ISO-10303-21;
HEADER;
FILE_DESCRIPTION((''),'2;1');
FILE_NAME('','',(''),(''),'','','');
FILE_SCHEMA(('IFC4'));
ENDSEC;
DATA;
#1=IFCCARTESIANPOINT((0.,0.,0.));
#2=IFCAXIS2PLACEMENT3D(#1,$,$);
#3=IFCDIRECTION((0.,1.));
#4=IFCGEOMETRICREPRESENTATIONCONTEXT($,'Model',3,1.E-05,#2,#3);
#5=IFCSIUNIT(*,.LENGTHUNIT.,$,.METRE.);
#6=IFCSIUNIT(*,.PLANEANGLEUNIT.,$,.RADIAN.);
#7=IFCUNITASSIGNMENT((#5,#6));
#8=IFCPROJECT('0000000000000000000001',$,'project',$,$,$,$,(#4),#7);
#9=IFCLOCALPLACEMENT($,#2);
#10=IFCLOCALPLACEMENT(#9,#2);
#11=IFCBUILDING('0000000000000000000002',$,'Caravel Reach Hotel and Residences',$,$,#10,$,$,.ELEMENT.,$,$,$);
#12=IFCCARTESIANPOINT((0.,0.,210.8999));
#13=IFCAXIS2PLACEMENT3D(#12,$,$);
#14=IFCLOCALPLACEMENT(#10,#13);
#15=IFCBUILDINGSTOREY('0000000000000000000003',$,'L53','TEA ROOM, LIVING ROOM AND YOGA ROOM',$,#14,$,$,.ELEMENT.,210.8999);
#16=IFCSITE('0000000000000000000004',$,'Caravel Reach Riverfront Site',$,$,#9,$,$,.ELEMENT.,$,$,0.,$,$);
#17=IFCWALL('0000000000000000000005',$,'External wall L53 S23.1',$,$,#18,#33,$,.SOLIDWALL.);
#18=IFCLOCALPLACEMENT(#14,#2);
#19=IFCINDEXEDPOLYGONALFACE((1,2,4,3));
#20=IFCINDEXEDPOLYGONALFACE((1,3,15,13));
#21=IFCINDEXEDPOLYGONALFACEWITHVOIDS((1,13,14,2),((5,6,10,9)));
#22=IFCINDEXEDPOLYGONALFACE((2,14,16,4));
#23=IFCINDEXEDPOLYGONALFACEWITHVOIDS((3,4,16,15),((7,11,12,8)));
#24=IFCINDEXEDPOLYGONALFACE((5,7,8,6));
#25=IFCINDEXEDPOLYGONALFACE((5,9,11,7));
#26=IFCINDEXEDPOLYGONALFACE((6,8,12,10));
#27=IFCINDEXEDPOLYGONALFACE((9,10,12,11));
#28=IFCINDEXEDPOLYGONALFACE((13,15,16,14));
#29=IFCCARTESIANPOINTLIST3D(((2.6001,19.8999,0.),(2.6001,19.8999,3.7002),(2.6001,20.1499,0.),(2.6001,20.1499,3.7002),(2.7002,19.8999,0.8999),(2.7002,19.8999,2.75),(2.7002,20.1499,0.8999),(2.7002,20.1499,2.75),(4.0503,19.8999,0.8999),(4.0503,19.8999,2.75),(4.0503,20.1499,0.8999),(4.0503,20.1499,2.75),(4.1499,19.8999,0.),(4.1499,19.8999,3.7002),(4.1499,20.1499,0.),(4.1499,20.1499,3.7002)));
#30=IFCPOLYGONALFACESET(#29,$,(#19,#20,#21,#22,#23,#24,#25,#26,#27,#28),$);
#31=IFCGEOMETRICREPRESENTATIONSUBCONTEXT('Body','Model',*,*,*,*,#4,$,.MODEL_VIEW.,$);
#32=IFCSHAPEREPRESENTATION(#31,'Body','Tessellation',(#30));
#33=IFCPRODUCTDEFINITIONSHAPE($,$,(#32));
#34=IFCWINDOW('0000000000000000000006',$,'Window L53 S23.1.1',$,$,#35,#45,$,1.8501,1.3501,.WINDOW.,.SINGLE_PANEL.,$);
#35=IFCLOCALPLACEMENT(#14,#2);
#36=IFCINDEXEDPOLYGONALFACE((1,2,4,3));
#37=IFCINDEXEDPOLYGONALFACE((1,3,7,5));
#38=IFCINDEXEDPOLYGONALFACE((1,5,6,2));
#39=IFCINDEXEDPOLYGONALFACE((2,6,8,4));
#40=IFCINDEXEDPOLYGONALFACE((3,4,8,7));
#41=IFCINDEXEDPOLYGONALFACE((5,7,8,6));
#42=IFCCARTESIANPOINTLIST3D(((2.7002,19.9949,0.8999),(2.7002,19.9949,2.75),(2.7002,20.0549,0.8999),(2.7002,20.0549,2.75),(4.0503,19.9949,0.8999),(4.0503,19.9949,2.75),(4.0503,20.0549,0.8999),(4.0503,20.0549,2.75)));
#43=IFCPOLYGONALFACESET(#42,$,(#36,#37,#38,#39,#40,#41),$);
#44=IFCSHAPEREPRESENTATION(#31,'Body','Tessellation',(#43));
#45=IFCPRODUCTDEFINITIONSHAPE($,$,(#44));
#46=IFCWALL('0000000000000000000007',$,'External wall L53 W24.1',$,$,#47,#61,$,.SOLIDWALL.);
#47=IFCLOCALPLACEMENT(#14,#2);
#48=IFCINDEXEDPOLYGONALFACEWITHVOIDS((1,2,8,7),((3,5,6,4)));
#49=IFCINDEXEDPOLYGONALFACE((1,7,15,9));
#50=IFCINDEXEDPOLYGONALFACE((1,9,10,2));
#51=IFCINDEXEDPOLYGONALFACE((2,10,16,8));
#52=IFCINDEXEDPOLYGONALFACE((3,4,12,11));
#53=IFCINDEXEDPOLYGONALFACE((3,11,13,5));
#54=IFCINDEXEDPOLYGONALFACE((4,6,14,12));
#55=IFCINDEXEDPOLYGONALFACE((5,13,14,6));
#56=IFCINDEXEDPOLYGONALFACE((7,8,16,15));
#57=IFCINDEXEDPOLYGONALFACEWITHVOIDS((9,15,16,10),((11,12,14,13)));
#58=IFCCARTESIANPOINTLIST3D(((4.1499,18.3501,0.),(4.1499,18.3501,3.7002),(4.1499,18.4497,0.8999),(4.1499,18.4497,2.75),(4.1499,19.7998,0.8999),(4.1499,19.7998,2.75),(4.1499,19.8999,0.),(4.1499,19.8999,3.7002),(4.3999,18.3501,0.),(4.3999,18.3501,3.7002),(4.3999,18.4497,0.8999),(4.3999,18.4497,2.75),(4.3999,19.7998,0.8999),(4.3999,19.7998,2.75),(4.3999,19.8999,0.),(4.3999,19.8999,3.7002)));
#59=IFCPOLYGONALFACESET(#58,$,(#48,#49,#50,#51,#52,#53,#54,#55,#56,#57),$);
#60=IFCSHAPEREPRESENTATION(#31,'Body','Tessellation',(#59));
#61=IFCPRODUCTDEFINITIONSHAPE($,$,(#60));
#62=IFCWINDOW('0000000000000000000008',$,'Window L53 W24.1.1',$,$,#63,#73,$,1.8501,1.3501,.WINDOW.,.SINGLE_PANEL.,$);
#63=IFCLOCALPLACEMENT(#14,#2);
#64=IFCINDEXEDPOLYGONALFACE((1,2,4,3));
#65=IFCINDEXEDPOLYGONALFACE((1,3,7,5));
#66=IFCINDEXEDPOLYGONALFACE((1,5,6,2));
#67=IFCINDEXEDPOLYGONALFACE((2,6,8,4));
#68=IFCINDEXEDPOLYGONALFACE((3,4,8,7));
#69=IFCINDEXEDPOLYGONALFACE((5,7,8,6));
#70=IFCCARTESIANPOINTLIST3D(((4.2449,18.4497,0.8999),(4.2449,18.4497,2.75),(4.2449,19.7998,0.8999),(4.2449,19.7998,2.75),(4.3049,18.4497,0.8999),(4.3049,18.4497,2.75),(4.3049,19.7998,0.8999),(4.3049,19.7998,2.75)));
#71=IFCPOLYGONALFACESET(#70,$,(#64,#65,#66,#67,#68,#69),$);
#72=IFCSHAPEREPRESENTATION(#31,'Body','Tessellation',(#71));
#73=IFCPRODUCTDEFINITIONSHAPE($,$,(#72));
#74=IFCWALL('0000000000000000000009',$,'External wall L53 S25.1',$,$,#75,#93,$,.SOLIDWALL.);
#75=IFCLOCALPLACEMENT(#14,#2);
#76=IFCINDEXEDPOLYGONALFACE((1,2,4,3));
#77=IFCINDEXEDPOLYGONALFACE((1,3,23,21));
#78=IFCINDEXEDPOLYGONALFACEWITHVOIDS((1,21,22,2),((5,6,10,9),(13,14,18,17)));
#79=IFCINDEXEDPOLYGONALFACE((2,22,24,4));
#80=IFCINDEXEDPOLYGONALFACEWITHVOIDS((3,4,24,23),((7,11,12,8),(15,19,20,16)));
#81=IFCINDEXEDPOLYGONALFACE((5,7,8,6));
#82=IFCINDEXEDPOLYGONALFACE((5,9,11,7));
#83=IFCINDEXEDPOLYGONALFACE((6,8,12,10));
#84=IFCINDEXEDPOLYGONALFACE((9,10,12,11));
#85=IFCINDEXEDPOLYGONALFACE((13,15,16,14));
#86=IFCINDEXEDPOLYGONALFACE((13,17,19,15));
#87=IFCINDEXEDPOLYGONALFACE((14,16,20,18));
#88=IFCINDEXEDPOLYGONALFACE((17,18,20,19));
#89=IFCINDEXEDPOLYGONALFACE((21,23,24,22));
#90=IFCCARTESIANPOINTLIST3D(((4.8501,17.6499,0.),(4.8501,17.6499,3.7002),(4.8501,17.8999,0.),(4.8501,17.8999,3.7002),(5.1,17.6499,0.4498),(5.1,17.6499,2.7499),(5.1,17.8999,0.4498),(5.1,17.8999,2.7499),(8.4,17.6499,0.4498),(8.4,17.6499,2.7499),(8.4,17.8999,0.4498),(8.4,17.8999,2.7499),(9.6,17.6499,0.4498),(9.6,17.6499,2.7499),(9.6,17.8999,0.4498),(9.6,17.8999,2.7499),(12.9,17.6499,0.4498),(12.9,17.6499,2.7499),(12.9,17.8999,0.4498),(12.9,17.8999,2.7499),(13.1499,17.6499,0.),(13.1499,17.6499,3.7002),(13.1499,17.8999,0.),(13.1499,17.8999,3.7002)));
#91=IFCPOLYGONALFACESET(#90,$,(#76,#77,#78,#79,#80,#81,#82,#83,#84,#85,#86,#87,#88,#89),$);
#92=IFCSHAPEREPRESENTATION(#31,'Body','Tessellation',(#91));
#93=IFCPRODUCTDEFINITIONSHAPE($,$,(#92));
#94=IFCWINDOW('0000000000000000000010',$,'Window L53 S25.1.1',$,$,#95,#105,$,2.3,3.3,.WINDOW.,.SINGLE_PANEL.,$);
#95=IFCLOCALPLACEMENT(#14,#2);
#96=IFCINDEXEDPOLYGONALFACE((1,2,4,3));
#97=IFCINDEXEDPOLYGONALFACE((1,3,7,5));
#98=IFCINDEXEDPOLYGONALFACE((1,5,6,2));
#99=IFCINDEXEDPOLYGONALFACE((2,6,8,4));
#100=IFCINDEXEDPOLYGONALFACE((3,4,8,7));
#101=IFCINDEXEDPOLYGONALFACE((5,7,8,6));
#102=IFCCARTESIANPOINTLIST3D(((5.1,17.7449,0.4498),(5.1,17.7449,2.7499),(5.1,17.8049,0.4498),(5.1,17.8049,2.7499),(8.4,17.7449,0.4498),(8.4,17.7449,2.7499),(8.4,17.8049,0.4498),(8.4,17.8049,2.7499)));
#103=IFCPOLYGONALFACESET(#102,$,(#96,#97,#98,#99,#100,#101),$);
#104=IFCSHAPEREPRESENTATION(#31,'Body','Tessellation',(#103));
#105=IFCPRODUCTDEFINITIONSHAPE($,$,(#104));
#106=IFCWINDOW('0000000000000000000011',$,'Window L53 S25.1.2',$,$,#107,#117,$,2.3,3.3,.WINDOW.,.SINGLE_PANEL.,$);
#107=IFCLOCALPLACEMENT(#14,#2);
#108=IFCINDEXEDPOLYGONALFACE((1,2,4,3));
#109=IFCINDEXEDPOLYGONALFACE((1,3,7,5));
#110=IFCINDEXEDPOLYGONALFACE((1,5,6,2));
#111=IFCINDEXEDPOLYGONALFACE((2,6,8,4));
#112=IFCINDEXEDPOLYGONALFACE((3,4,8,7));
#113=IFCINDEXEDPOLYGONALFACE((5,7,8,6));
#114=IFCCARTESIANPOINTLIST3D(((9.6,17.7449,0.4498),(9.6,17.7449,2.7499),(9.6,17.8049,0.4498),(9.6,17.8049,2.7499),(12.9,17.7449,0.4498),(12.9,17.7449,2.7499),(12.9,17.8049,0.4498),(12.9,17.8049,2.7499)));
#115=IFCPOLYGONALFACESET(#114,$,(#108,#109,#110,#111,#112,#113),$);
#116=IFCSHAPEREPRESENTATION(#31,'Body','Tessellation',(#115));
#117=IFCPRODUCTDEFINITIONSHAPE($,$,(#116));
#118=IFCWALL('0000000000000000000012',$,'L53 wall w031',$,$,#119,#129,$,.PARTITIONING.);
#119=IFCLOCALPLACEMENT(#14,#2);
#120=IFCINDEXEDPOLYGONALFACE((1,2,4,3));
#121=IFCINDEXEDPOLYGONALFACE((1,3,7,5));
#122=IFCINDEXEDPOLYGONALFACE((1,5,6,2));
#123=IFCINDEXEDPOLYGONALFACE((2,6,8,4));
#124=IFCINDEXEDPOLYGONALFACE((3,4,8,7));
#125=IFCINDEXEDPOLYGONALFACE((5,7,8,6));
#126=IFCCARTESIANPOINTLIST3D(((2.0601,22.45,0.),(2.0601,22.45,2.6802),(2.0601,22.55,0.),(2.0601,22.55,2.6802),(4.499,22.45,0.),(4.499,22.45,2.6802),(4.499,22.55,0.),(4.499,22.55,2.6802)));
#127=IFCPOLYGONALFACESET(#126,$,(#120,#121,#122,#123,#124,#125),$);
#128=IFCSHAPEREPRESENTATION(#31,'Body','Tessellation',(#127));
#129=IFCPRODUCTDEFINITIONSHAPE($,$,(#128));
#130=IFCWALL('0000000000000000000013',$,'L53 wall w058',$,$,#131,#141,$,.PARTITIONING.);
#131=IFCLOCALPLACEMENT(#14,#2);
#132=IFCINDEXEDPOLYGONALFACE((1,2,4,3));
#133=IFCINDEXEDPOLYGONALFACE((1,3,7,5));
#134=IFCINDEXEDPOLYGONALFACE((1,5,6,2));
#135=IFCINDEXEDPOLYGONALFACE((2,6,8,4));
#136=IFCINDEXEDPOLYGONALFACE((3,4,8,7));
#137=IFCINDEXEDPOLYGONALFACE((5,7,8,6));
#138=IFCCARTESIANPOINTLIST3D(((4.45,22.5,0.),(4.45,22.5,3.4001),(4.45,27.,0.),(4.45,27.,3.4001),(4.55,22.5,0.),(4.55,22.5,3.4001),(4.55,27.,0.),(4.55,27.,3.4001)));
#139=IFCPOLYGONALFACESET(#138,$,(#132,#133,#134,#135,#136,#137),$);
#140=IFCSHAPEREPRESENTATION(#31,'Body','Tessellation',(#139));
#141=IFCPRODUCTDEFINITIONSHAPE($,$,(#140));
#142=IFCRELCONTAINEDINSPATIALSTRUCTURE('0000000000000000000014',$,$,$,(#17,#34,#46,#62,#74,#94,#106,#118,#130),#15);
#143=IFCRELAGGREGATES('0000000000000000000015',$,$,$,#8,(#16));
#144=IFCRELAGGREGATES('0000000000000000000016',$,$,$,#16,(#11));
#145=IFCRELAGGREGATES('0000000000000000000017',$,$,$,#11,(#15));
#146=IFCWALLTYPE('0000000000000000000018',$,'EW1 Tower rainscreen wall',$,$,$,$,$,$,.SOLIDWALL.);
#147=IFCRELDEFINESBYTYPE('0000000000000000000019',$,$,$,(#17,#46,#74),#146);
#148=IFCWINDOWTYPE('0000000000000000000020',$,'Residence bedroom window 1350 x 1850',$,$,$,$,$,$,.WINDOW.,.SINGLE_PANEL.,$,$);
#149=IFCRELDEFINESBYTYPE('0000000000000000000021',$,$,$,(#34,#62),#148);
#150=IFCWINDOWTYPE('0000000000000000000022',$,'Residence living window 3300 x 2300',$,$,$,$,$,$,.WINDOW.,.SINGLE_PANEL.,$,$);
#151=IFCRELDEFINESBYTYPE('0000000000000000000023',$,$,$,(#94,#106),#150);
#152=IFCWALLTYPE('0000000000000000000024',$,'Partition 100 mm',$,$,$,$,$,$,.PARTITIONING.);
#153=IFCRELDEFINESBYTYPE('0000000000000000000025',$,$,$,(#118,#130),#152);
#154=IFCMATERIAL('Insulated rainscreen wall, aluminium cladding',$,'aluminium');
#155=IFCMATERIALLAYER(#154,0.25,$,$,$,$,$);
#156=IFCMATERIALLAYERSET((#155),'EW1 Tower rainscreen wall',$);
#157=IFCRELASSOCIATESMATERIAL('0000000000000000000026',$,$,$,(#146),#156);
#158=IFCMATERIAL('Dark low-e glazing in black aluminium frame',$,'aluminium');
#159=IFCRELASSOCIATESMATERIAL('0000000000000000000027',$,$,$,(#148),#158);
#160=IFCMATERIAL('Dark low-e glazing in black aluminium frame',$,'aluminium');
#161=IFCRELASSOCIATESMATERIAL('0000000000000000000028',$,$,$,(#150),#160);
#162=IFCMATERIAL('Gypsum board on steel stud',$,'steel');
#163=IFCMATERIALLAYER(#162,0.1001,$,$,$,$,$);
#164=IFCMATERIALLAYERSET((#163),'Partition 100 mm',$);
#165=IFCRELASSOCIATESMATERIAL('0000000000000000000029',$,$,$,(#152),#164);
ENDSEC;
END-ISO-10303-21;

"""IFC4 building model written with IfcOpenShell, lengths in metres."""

from ifc_helpers import new_model, si_unit, direction, frame, frame_2d, origin, place, context, subcontext, project, spatial, rectangle, extrude, material, layer, layer_set, type_object, element, fill, save


model = new_model("IFC4")

# Units and contexts
model_context = context("Model", 3, precision=1e-05, world=origin(), true_north=direction((0.0, 1.0)))
body_context = subcontext(model_context, "Body", "Model", "MODEL_VIEW")
ifc_project = project(units=[si_unit("LENGTHUNIT", "METRE"), si_unit("PLANEANGLEUNIT", "RADIAN")], contexts=[model_context])

# Site, building, storey
site_placement = place(None, origin())
site = spatial("IfcSite", under=ifc_project, at=site_placement, Name="Caravel Reach Riverfront Site", CompositionType="ELEMENT", RefElevation=0.0)
building_placement = place(site_placement, origin())
building = spatial("IfcBuilding", under=site, at=building_placement, Name="Caravel Reach Hotel and Residences", CompositionType="ELEMENT")
storey_placement = place(building_placement, frame((0.0, 0.0, 210.8999)))
storey = spatial("IfcBuildingStorey", under=building, at=storey_placement, Name="L53", Description="TEA ROOM, LIVING ROOM AND YOGA ROOM", CompositionType="ELEMENT", Elevation=210.8999)

# Walls, openings, windows
ifc_material_1 = material(Name="Insulated rainscreen wall, aluminium cladding", Category="aluminium")
ifc_layer_1 = layer(ifc_material_1, 0.25)
ifc_layer_set_1 = layer_set([ifc_layer_1], Name="EW1 Tower rainscreen wall")
wall_type_1 = type_object("IfcWallType", Name="EW1 Tower rainscreen wall", PredefinedType="SOLIDWALL", material=ifc_layer_set_1)
ifc_material_2 = material(Name="Dark low-e glazing in black aluminium frame", Category="aluminium")
window_type_1 = type_object("IfcWindowType", Name="Residence bedroom window 1350 x 1850", PartitioningType="SINGLE_PANEL", PredefinedType="WINDOW", material=ifc_material_2)
wall_1_placement = place(storey_placement, frame((2.6001, 20.0249, 0.0), z_axis=(0.0, 0.0, 1.0), x_axis=(1.0, 0.0, 0.0)))
wall_1 = element("IfcWall", 1, at=wall_1_placement, inside=storey, type_object=wall_type_1, Name="External wall L53 S23.1", PredefinedType="SOLIDWALL", context=body_context, shape_type="SweptSolid", body=[
    extrude(rectangle(XDim=1.5498, YDim=0.25, at=frame_2d((0.7749, 0.0))), origin(), (0.0, 0.0, 1.0), 3.7002),
])
opening_1_placement = place(wall_1_placement, frame((0.1001, 0.0, 0.8999)))
opening_1 = element("IfcOpeningElement", 2, at=opening_1_placement, cuts=wall_1, PredefinedType="OPENING", context=body_context, shape_type="SweptSolid", body=[
    extrude(rectangle(XDim=1.3501, YDim=1.8501, at=frame_2d((0.675, 0.925))), frame((0.0, 0.135, 0.0), z_axis=(0.0, -1.0, 0.0), x_axis=(1.0, 0.0, 0.0)), (0.0, 0.0, 1.0), 0.27),
])
window_1_placement = place(opening_1_placement, origin())
window_1 = element("IfcWindow", 3, at=window_1_placement, inside=storey, type_object=window_type_1, Name="Window L53 S23.1.1", OverallHeight=1.8501, OverallWidth=1.3501, PartitioningType="SINGLE_PANEL", PredefinedType="WINDOW", context=body_context, shape_type="SweptSolid", body=[
    extrude(rectangle(XDim=1.3501, YDim=1.8501, at=frame_2d((0.675, 0.925))), frame((0.0, 0.03, 0.0), z_axis=(0.0, -1.0, 0.0), x_axis=(1.0, 0.0, 0.0)), (0.0, 0.0, 1.0), 0.0601),
])
fill(opening_1, window_1)
wall_2_placement = place(storey_placement, frame((4.2749, 19.8999, 0.0), z_axis=(0.0, 0.0, 1.0), x_axis=(0.0, -1.0, 0.0)))
wall_2 = element("IfcWall", 4, at=wall_2_placement, inside=storey, type_object=wall_type_1, Name="External wall L53 W24.1", PredefinedType="SOLIDWALL", context=body_context, shape_type="SweptSolid", body=[
    extrude(rectangle(XDim=1.5498, YDim=0.25, at=frame_2d((0.7749, 0.0))), origin(), (0.0, 0.0, 1.0), 3.7002),
])
opening_2_placement = place(wall_2_placement, frame((0.1001, 0.0, 0.8999)))
opening_2 = element("IfcOpeningElement", 5, at=opening_2_placement, cuts=wall_2, PredefinedType="OPENING", context=body_context, shape_type="SweptSolid", body=[
    extrude(rectangle(XDim=1.3501, YDim=1.8501, at=frame_2d((0.675, 0.925))), frame((0.0, 0.135, 0.0), z_axis=(0.0, -1.0, 0.0), x_axis=(1.0, 0.0, 0.0)), (0.0, 0.0, 1.0), 0.27),
])
window_2_placement = place(opening_2_placement, origin())
window_2 = element("IfcWindow", 6, at=window_2_placement, inside=storey, type_object=window_type_1, Name="Window L53 W24.1.1", OverallHeight=1.8501, OverallWidth=1.3501, PartitioningType="SINGLE_PANEL", PredefinedType="WINDOW", context=body_context, shape_type="SweptSolid", body=[
    extrude(rectangle(XDim=1.3501, YDim=1.8501, at=frame_2d((0.675, 0.925))), frame((0.0, 0.03, 0.0), z_axis=(0.0, -1.0, 0.0), x_axis=(1.0, 0.0, 0.0)), (0.0, 0.0, 1.0), 0.0601),
])
fill(opening_2, window_2)

# Wall, openings, windows
wall_3_placement = place(storey_placement, frame((4.8501, 17.7749, 0.0), z_axis=(0.0, 0.0, 1.0), x_axis=(1.0, 0.0, 0.0)))
wall_3 = element("IfcWall", 7, at=wall_3_placement, inside=storey, type_object=wall_type_1, Name="External wall L53 S25.1", PredefinedType="SOLIDWALL", context=body_context, shape_type="SweptSolid", body=[
    extrude(rectangle(XDim=8.2998, YDim=0.25, at=frame_2d((4.1499, 0.0))), origin(), (0.0, 0.0, 1.0), 3.7002),
])
opening_3_placement = place(wall_3_placement, frame((0.25, 0.0, 0.45)))
opening_3 = element("IfcOpeningElement", 8, at=opening_3_placement, cuts=wall_3, PredefinedType="OPENING", context=body_context, shape_type="SweptSolid", body=[
    extrude(rectangle(XDim=3.3, YDim=2.3, at=frame_2d((1.6499, 1.1499))), frame((0.0, 0.135, 0.0), z_axis=(0.0, -1.0, 0.0), x_axis=(1.0, 0.0, 0.0)), (0.0, 0.0, 1.0), 0.27),
])
opening_4_placement = place(wall_3_placement, frame((4.75, 0.0, 0.45)))
opening_4 = element("IfcOpeningElement", 9, at=opening_4_placement, cuts=wall_3, PredefinedType="OPENING", context=body_context, shape_type="SweptSolid", body=[
    extrude(rectangle(XDim=3.3, YDim=2.3, at=frame_2d((1.6499, 1.1499))), frame((0.0, 0.135, 0.0), z_axis=(0.0, -1.0, 0.0), x_axis=(1.0, 0.0, 0.0)), (0.0, 0.0, 1.0), 0.27),
])
ifc_material_3 = material(Name="Dark low-e glazing in black aluminium frame", Category="aluminium")
window_type_2 = type_object("IfcWindowType", Name="Residence living window 3300 x 2300", PartitioningType="SINGLE_PANEL", PredefinedType="WINDOW", material=ifc_material_3)
window_3_placement = place(opening_3_placement, origin())
window_3 = element("IfcWindow", 10, at=window_3_placement, inside=storey, type_object=window_type_2, Name="Window L53 S25.1.1", OverallHeight=2.3, OverallWidth=3.3, PartitioningType="SINGLE_PANEL", PredefinedType="WINDOW", context=body_context, shape_type="SweptSolid", body=[
    extrude(rectangle(XDim=3.3, YDim=2.3, at=frame_2d((1.6499, 1.1499))), frame((0.0, 0.03, 0.0), z_axis=(0.0, -1.0, 0.0), x_axis=(1.0, 0.0, 0.0)), (0.0, 0.0, 1.0), 0.0601),
])
fill(opening_3, window_3)
window_4_placement = place(opening_4_placement, origin())
window_4 = element("IfcWindow", 11, at=window_4_placement, inside=storey, type_object=window_type_2, Name="Window L53 S25.1.2", OverallHeight=2.3, OverallWidth=3.3, PartitioningType="SINGLE_PANEL", PredefinedType="WINDOW", context=body_context, shape_type="SweptSolid", body=[
    extrude(rectangle(XDim=3.3, YDim=2.3, at=frame_2d((1.6499, 1.1499))), frame((0.0, 0.03, 0.0), z_axis=(0.0, -1.0, 0.0), x_axis=(1.0, 0.0, 0.0)), (0.0, 0.0, 1.0), 0.0601),
])
fill(opening_4, window_4)

# Walls
ifc_material_4 = material(Name="Gypsum board on steel stud", Category="steel")
ifc_layer_2 = layer(ifc_material_4, 0.1001)
ifc_layer_set_2 = layer_set([ifc_layer_2], Name="Partition 100 mm")
wall_type_2 = type_object("IfcWallType", Name="Partition 100 mm", PredefinedType="PARTITIONING", material=ifc_layer_set_2)
wall_4_placement = place(storey_placement, frame((2.0601, 22.5, 0.0), z_axis=(0.0, 0.0, 1.0), x_axis=(1.0, 0.0, 0.0)))
element("IfcWall", 12, at=wall_4_placement, inside=storey, type_object=wall_type_2, Name="L53 wall w031", PredefinedType="PARTITIONING", context=body_context, shape_type="SweptSolid", body=[
    extrude(rectangle(XDim=2.439, YDim=0.1001, at=frame_2d((1.2195, 0.0))), origin(), (0.0, 0.0, 1.0), 2.6802),
])
wall_5_placement = place(storey_placement, frame((4.5, 22.5, 0.0), z_axis=(0.0, 0.0, 1.0), x_axis=(0.0, 1.0, 0.0)))
element("IfcWall", 13, at=wall_5_placement, inside=storey, type_object=wall_type_2, Name="L53 wall w058", PredefinedType="PARTITIONING", context=body_context, shape_type="SweptSolid", body=[
    extrude(rectangle(XDim=4.5, YDim=0.1001, at=frame_2d((2.25, 0.0))), origin(), (0.0, 0.0, 1.0), 3.4001),
])

save(model, "model.ifc")
